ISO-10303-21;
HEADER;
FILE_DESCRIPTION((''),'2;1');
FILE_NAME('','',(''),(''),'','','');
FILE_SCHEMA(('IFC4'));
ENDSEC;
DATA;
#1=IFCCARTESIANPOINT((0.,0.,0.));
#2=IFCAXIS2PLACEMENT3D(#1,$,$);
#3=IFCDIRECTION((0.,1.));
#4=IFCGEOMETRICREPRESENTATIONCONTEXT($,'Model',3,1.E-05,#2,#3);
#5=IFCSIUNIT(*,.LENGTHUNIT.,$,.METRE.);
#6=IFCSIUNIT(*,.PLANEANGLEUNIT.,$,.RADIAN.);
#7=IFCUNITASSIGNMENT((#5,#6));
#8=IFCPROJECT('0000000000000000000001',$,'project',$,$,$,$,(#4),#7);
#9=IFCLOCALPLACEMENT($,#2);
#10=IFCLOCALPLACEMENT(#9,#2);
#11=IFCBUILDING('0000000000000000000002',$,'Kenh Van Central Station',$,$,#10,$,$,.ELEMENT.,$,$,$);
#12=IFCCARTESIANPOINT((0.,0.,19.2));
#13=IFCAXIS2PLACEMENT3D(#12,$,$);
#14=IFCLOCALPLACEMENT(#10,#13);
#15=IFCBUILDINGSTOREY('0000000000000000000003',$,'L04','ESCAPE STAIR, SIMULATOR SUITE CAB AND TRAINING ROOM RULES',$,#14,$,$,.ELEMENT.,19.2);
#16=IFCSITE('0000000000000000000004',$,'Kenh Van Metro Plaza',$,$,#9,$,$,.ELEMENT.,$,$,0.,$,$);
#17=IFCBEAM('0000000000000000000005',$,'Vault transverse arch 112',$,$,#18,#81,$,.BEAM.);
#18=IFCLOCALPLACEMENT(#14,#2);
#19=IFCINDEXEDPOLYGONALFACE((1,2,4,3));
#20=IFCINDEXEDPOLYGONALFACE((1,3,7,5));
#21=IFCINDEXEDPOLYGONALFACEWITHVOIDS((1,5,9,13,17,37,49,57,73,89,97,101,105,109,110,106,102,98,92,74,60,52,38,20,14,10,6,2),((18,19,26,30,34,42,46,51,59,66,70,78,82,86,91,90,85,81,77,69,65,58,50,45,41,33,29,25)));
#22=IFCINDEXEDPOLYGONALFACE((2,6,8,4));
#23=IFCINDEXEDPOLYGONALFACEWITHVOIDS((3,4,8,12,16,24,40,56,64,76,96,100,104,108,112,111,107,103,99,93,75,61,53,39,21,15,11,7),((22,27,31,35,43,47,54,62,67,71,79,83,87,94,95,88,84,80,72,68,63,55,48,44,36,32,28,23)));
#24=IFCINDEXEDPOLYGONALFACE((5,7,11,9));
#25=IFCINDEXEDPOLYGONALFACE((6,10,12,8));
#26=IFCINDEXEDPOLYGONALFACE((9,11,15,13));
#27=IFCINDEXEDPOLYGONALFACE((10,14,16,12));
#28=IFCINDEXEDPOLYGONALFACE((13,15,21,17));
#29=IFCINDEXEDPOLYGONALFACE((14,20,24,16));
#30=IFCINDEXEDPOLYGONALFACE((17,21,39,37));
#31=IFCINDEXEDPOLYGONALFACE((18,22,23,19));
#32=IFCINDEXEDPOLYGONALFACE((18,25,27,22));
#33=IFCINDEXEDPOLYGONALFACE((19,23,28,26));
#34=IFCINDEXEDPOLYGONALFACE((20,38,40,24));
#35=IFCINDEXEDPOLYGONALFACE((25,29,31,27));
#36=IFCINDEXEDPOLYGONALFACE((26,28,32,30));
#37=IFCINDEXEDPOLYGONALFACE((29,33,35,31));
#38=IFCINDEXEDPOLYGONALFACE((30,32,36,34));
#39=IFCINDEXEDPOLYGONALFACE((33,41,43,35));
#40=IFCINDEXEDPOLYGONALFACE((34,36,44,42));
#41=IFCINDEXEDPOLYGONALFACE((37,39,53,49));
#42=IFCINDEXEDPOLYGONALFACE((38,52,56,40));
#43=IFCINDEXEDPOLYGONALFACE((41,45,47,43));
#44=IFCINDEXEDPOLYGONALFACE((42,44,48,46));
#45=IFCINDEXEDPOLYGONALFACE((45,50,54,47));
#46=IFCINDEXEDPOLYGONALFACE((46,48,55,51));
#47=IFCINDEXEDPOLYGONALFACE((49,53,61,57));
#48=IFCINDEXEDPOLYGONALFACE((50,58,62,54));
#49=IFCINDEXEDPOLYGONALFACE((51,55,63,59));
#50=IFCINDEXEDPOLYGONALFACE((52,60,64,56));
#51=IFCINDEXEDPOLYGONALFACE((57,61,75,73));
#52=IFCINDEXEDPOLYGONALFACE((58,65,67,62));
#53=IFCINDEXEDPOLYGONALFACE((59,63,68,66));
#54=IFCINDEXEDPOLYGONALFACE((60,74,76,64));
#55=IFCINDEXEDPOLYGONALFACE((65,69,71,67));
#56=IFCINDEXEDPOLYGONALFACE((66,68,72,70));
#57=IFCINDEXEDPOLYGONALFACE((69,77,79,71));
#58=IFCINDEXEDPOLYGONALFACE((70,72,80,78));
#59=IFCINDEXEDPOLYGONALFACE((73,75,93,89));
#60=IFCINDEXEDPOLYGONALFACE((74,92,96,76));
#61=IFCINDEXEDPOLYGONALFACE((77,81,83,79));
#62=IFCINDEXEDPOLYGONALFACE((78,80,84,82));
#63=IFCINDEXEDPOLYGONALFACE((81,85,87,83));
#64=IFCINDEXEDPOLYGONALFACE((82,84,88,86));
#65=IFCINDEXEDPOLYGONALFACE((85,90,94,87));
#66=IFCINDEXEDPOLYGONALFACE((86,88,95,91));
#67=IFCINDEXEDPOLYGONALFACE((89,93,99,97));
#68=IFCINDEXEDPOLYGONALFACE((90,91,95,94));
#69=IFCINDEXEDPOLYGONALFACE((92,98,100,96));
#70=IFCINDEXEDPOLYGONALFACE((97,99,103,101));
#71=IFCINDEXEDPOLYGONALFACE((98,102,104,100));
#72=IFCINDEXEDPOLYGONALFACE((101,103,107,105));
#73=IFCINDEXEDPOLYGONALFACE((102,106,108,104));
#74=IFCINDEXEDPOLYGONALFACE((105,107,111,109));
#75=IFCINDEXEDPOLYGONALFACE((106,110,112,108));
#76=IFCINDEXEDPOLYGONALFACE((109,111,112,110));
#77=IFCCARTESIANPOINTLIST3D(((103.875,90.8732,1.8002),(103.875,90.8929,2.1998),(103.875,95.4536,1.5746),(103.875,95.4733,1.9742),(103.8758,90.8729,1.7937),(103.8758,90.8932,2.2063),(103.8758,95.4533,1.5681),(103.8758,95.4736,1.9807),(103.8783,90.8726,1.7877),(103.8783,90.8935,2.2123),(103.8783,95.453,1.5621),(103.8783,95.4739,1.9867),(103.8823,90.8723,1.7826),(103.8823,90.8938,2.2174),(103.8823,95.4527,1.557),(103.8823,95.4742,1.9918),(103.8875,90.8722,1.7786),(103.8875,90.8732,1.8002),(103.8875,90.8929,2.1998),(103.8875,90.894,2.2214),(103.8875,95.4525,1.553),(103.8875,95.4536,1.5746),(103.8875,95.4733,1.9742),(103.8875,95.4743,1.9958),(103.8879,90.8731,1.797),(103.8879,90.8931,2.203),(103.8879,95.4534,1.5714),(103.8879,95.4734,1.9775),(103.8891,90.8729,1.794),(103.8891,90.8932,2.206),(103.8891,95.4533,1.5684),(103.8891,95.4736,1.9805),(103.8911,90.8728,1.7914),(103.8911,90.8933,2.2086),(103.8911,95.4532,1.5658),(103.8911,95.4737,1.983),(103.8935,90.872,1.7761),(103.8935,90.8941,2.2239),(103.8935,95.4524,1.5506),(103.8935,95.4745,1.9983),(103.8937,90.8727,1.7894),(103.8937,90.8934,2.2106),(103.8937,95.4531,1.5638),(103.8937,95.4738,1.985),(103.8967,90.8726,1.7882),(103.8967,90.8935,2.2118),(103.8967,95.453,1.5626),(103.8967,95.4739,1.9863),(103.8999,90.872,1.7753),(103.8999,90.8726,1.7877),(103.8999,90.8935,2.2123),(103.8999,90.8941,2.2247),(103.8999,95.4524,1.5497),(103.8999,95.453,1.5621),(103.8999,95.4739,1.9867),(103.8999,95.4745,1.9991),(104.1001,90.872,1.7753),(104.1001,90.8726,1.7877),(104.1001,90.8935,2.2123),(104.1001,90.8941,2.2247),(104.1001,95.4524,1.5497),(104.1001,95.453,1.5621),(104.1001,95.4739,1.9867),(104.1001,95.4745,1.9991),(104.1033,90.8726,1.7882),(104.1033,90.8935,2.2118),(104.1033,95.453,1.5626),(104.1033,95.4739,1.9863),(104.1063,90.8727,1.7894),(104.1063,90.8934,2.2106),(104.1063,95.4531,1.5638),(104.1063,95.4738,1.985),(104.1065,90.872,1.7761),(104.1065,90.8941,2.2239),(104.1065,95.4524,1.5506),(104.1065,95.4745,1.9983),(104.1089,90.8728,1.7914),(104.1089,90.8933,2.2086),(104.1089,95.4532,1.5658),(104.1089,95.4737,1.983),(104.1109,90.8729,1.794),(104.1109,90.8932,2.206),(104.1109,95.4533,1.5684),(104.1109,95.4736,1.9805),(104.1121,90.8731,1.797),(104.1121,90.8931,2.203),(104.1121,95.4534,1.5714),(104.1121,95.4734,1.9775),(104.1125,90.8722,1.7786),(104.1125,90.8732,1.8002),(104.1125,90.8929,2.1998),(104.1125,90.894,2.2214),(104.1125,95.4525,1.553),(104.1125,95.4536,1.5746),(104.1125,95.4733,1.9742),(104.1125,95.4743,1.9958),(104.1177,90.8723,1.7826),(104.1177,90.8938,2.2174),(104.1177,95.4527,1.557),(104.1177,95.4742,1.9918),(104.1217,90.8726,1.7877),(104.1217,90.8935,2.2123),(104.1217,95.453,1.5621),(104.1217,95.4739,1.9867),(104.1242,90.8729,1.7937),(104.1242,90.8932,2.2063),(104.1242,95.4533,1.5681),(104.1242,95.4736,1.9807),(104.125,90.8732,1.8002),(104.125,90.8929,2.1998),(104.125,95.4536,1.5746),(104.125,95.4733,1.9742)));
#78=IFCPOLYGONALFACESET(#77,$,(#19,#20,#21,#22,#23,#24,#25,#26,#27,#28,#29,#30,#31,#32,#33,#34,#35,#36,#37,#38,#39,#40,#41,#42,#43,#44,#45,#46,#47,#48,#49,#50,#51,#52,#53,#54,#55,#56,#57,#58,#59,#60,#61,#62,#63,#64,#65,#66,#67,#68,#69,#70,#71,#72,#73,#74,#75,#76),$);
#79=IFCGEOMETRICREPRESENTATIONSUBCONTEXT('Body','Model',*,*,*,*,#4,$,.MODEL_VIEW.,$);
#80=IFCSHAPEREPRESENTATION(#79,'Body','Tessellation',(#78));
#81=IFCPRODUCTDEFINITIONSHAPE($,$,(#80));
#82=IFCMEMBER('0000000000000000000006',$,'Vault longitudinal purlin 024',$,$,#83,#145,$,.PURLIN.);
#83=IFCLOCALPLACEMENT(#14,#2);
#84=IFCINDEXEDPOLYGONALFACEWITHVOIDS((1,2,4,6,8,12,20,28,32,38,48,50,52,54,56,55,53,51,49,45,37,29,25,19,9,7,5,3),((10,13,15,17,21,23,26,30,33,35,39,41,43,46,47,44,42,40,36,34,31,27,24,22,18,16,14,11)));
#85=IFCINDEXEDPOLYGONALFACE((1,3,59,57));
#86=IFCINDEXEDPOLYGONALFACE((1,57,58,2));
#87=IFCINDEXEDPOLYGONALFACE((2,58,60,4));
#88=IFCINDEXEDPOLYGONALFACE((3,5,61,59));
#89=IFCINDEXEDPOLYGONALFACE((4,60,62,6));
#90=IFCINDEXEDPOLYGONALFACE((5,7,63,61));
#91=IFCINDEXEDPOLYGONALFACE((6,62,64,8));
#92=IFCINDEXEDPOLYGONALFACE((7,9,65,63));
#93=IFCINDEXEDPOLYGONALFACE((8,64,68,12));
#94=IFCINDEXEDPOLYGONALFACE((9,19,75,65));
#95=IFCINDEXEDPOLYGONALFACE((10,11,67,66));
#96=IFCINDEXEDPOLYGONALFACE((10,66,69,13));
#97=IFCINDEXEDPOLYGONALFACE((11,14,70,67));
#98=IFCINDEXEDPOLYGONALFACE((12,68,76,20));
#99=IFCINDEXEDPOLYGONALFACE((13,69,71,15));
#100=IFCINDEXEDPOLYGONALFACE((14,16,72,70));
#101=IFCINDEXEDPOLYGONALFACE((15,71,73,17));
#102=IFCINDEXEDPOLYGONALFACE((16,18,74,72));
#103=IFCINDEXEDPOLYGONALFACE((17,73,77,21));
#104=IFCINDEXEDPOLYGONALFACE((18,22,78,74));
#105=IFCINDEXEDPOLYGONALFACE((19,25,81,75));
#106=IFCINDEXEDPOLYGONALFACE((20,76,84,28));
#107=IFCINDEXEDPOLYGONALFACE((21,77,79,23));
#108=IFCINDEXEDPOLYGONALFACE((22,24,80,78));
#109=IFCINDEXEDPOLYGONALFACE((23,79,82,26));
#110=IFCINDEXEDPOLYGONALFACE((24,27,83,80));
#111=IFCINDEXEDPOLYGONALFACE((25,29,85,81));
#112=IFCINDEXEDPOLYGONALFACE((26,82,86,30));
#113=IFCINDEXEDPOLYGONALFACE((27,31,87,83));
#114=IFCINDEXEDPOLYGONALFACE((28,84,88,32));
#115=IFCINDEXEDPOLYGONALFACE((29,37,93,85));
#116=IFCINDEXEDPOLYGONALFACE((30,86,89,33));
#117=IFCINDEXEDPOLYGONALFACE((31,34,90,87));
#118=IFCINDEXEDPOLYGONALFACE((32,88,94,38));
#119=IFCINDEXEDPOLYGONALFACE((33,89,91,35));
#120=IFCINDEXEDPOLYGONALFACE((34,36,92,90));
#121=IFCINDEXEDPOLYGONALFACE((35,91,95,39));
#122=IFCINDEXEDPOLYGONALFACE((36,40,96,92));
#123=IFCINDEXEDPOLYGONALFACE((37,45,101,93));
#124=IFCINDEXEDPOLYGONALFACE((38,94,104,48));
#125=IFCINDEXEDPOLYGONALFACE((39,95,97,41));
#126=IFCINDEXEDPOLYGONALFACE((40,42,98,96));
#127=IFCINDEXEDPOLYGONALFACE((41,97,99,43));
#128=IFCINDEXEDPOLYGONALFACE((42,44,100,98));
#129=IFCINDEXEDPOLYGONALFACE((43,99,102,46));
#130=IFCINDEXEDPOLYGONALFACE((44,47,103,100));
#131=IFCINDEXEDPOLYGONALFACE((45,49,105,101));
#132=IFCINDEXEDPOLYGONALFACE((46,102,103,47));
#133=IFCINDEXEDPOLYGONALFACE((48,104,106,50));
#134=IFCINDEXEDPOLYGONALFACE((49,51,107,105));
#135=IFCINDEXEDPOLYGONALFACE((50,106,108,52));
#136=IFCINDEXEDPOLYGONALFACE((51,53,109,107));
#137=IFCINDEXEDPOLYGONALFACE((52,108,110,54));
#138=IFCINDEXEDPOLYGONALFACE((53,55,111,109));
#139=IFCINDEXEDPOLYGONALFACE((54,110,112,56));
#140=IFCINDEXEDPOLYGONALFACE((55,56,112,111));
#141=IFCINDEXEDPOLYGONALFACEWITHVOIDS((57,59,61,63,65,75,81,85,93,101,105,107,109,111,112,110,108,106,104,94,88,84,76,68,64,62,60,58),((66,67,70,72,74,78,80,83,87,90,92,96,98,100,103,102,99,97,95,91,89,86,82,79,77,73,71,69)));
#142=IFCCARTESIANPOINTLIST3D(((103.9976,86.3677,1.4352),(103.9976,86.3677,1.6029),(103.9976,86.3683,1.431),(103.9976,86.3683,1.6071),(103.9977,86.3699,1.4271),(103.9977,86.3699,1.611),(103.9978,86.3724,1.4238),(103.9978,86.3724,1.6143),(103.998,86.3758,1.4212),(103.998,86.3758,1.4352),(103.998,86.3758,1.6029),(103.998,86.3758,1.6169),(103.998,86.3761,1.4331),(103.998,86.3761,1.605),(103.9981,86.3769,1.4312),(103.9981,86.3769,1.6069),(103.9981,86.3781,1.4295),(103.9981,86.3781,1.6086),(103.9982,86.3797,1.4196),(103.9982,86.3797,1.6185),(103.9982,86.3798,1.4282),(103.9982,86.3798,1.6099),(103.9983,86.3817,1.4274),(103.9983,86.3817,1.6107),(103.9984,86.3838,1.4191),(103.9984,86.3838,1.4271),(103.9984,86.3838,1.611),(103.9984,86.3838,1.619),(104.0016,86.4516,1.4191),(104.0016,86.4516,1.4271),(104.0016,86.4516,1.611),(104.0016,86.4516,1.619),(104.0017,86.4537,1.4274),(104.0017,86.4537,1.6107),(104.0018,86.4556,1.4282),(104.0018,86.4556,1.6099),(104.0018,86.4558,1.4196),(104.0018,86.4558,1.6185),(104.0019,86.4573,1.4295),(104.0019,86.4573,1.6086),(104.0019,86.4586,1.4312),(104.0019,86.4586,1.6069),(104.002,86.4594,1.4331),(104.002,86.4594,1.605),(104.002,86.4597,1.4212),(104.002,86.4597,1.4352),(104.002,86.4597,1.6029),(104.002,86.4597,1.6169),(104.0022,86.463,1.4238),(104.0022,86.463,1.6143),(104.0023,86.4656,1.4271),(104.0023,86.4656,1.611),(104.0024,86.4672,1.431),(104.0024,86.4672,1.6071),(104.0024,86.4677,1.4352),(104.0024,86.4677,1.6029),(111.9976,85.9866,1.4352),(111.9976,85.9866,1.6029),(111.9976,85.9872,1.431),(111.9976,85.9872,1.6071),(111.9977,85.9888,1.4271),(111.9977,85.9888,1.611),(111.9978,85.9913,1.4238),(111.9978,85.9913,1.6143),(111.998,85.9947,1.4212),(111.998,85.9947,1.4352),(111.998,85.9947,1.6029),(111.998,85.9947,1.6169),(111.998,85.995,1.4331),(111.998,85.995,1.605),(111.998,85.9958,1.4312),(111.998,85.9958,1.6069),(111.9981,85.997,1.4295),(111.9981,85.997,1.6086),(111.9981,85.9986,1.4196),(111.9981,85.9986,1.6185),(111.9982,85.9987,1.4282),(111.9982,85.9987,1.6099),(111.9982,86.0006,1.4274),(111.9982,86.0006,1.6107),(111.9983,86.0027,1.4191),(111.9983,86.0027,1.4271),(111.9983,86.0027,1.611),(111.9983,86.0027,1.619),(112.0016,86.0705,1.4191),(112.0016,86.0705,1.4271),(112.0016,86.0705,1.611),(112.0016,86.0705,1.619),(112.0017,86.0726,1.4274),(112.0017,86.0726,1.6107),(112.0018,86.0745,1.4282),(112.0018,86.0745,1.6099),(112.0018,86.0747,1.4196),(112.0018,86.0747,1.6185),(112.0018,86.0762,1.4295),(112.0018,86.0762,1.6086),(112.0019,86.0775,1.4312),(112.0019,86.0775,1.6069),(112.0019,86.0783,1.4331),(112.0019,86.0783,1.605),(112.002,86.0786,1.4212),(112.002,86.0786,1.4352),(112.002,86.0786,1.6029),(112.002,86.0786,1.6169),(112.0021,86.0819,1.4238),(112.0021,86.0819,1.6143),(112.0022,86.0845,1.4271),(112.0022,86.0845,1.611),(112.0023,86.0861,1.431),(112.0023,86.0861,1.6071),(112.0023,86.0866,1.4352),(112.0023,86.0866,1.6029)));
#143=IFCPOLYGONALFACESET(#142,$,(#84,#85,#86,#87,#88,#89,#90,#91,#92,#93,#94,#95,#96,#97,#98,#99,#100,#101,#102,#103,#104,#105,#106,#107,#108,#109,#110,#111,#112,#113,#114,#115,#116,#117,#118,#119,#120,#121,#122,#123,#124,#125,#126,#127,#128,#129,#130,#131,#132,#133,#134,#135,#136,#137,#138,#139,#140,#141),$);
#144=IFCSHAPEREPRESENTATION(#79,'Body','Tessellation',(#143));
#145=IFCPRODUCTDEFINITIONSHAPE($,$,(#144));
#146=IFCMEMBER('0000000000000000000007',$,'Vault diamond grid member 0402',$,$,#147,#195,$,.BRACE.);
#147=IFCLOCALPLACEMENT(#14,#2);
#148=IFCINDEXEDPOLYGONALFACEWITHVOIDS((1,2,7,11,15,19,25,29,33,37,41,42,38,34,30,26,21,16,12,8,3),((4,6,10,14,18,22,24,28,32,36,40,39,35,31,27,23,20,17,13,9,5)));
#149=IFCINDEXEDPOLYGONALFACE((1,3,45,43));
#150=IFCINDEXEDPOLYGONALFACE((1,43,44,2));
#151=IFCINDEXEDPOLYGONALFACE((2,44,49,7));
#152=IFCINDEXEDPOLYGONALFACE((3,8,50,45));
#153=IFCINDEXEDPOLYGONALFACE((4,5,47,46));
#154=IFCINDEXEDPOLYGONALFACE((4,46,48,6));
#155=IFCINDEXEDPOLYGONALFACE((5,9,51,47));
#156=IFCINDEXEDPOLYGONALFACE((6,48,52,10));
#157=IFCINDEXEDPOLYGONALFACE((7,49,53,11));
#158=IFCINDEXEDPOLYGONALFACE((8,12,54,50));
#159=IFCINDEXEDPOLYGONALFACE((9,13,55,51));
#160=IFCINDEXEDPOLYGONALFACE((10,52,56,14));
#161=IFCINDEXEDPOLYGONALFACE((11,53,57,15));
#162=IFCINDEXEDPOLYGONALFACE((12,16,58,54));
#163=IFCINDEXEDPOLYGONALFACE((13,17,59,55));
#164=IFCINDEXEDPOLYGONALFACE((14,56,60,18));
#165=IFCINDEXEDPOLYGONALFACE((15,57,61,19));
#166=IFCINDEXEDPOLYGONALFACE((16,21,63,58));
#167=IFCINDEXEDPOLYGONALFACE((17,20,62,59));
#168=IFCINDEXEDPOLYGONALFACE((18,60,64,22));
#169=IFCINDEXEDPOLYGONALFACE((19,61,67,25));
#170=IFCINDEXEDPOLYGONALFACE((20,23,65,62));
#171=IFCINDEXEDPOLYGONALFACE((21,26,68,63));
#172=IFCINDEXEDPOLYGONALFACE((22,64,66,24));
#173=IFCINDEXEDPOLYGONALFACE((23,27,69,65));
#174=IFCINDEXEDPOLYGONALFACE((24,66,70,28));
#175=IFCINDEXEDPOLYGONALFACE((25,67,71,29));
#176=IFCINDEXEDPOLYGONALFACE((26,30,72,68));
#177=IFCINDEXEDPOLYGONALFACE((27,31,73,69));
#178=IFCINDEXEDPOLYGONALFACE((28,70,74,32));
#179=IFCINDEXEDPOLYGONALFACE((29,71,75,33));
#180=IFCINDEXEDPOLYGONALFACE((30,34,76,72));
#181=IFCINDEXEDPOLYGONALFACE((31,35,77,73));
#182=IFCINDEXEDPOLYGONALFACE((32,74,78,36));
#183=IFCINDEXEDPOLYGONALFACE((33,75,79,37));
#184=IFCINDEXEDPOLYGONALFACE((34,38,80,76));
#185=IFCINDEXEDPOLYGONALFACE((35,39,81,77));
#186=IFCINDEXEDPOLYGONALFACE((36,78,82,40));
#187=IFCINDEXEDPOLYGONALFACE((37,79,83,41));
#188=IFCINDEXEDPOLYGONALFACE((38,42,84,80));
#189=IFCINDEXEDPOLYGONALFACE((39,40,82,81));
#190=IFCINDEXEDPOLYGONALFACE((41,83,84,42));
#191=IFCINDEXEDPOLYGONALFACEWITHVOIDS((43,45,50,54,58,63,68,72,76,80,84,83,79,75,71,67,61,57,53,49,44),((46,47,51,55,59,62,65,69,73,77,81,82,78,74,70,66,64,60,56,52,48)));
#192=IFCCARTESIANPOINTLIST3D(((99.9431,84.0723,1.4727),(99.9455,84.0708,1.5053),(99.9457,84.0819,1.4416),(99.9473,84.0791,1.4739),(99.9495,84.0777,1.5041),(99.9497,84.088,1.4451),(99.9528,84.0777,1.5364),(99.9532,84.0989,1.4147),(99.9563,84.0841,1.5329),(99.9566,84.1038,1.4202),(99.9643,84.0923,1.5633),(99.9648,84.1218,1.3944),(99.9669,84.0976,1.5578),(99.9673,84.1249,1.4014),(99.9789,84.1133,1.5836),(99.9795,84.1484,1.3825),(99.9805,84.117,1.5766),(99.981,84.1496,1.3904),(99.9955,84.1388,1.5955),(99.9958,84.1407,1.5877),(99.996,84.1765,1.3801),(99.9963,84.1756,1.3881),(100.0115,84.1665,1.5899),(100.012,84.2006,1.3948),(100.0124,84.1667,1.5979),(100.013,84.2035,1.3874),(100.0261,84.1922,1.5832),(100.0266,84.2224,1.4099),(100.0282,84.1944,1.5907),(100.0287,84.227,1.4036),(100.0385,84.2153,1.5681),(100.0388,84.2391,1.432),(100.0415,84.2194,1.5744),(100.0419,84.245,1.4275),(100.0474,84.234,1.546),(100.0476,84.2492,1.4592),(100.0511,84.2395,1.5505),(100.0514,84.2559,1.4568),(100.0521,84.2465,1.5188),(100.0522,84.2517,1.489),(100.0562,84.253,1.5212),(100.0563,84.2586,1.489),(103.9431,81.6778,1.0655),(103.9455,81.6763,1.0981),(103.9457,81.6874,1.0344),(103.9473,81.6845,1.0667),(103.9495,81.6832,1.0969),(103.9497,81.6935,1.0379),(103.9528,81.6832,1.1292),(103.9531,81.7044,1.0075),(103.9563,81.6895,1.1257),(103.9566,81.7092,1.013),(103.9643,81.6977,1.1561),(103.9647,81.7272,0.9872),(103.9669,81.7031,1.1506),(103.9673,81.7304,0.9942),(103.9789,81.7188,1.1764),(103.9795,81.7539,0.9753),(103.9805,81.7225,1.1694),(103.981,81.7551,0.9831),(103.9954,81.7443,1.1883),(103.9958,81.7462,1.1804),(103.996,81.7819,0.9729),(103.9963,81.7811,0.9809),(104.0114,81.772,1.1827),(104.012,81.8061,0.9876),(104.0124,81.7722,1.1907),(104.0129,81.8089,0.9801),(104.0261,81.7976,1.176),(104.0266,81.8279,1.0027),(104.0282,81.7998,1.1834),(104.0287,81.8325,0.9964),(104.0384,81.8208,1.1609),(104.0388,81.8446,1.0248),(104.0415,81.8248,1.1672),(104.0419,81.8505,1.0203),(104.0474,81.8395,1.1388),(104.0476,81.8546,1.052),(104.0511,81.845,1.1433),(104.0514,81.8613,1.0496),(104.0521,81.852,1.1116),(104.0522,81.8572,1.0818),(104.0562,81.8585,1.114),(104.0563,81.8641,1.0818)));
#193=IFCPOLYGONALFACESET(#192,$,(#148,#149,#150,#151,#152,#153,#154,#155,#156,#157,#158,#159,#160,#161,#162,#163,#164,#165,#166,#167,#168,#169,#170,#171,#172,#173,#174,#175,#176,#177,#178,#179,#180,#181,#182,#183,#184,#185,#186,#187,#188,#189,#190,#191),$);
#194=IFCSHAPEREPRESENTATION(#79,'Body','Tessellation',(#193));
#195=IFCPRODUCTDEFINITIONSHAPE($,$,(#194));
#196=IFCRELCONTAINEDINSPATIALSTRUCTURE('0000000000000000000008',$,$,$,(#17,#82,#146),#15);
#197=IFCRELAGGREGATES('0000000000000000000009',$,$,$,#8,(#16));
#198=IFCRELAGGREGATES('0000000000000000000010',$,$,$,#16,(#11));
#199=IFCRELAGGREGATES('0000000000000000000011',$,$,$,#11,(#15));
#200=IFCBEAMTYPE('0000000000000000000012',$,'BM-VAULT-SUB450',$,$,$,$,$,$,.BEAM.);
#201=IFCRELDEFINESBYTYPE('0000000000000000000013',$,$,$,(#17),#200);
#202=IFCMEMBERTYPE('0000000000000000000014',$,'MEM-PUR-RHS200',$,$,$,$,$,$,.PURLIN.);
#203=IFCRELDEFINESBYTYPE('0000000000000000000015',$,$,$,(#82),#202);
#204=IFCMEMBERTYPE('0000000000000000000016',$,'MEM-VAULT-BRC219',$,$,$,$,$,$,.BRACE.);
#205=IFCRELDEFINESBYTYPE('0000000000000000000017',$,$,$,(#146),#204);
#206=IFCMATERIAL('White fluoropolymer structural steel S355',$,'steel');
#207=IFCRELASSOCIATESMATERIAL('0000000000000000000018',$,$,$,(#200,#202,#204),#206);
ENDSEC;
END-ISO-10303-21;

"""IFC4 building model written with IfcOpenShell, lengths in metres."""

from ifc_helpers import new_model, si_unit, direction, frame, origin, origin_2d, place, context, subcontext, project, spatial, hollow_rectangle, hollow_circle, extrude, material, material_profile, profile_set, type_object, element, save


model = new_model("IFC4")

# Units and contexts
model_context = context("Model", 3, precision=1e-05, world=origin(), true_north=direction((0.0, 1.0)))
body_context = subcontext(model_context, "Body", "Model", "MODEL_VIEW")
ifc_project = project(units=[si_unit("LENGTHUNIT", "METRE"), si_unit("PLANEANGLEUNIT", "RADIAN")], contexts=[model_context])

# Site, building, storey
site_placement = place(None, origin())
site = spatial("IfcSite", under=ifc_project, at=site_placement, Name="Kenh Van Metro Plaza", CompositionType="ELEMENT", RefElevation=0.0)
building_placement = place(site_placement, origin())
building = spatial("IfcBuilding", under=site, at=building_placement, Name="Kenh Van Central Station", CompositionType="ELEMENT")
storey_placement = place(building_placement, frame((0.0, 0.0, 19.2)))
storey = spatial("IfcBuildingStorey", under=building, at=storey_placement, Name="L04", Description="ESCAPE STAIR, SIMULATOR SUITE CAB AND TRAINING ROOM RULES", CompositionType="ELEMENT", Elevation=19.2)

# Beam
ifc_material_1 = material(Name="White fluoropolymer structural steel S355", Category="steel")
ifc_material_profile_1 = material_profile(ifc_material_1, hollow_rectangle(XDim=0.25, YDim=0.45, WallThickness=0.0125, InnerFilletRadius=0.0125, OuterFilletRadius=0.0249, at=origin_2d()), Name="RHS 450x250x12.5")
ifc_profile_set_1 = profile_set([ifc_material_profile_1], Name="White fluoropolymer structural steel S355")
beam_type = type_object("IfcBeamType", Name="BM-VAULT-SUB450", PredefinedType="BEAM", material=ifc_profile_set_1)
beam_1_placement = place(storey_placement, frame((104.0, 90.8831, 2.0), z_axis=(0.0, 0.998789, -0.049191), x_axis=(-1.0, 0.0, 0.0)))
element("IfcBeam", 1, at=beam_1_placement, inside=storey, type_object=beam_type, Name="Vault transverse arch 112", PredefinedType="BEAM", context=body_context, shape_type="SweptSolid", body=[
    extrude(hollow_rectangle(XDim=0.25, YDim=0.45, WallThickness=0.0125, InnerFilletRadius=0.0125, OuterFilletRadius=0.0249, at=origin_2d()), origin(), (0.0, 0.0, 1.0), 4.5859),
])

# Members
ifc_material_profile_2 = material_profile(ifc_material_1, hollow_rectangle(XDim=0.1001, YDim=0.2, WallThickness=0.0081, InnerFilletRadius=0.0081, OuterFilletRadius=0.0161, at=origin_2d()), Name="RHS 200x100x8")
ifc_profile_set_2 = profile_set([ifc_material_profile_2], Name="White fluoropolymer structural steel S355")
member_type_1 = type_object("IfcMemberType", Name="MEM-PUR-RHS200", PredefinedType="PURLIN", material=ifc_profile_set_2)
member_1_placement = place(storey_placement, frame((104.0, 86.4177, 1.519), z_axis=(0.998867, -0.047584, 0.0), x_axis=(0.047584, 0.998867, 0.0)))
element("IfcMember", 2, at=member_1_placement, inside=storey, type_object=member_type_1, Name="Vault longitudinal purlin 024", PredefinedType="PURLIN", context=body_context, shape_type="SweptSolid", body=[
    extrude(hollow_rectangle(XDim=0.1001, YDim=0.2, WallThickness=0.0081, InnerFilletRadius=0.0081, OuterFilletRadius=0.0161, at=origin_2d()), origin(), (0.0, 0.0, 1.0), 8.009),
])
ifc_material_profile_3 = material_profile(ifc_material_1, hollow_circle(Radius=0.1096, WallThickness=0.0081, at=origin_2d()), Name="CHS 219.1x8")
ifc_profile_set_3 = profile_set([ifc_material_profile_3], Name="White fluoropolymer structural steel S355")
member_type_2 = type_object("IfcMemberType", Name="MEM-VAULT-BRC219", PredefinedType="BRACE", material=ifc_profile_set_3)
member_2_placement = place(storey_placement, frame((100.0, 84.1646, 1.489), z_axis=(0.854755, -0.511685, -0.08702), x_axis=(0.513633, 0.85801, 0.0)))
element("IfcMember", 3, at=member_2_placement, inside=storey, type_object=member_type_2, Name="Vault diamond grid member 0402", PredefinedType="BRACE", context=body_context, shape_type="SweptSolid", body=[
    extrude(hollow_circle(Radius=0.1096, WallThickness=0.0081, at=origin_2d()), origin(), (0.0, 0.0, 1.0), 4.6797),
])

save(model, "model.ifc")
